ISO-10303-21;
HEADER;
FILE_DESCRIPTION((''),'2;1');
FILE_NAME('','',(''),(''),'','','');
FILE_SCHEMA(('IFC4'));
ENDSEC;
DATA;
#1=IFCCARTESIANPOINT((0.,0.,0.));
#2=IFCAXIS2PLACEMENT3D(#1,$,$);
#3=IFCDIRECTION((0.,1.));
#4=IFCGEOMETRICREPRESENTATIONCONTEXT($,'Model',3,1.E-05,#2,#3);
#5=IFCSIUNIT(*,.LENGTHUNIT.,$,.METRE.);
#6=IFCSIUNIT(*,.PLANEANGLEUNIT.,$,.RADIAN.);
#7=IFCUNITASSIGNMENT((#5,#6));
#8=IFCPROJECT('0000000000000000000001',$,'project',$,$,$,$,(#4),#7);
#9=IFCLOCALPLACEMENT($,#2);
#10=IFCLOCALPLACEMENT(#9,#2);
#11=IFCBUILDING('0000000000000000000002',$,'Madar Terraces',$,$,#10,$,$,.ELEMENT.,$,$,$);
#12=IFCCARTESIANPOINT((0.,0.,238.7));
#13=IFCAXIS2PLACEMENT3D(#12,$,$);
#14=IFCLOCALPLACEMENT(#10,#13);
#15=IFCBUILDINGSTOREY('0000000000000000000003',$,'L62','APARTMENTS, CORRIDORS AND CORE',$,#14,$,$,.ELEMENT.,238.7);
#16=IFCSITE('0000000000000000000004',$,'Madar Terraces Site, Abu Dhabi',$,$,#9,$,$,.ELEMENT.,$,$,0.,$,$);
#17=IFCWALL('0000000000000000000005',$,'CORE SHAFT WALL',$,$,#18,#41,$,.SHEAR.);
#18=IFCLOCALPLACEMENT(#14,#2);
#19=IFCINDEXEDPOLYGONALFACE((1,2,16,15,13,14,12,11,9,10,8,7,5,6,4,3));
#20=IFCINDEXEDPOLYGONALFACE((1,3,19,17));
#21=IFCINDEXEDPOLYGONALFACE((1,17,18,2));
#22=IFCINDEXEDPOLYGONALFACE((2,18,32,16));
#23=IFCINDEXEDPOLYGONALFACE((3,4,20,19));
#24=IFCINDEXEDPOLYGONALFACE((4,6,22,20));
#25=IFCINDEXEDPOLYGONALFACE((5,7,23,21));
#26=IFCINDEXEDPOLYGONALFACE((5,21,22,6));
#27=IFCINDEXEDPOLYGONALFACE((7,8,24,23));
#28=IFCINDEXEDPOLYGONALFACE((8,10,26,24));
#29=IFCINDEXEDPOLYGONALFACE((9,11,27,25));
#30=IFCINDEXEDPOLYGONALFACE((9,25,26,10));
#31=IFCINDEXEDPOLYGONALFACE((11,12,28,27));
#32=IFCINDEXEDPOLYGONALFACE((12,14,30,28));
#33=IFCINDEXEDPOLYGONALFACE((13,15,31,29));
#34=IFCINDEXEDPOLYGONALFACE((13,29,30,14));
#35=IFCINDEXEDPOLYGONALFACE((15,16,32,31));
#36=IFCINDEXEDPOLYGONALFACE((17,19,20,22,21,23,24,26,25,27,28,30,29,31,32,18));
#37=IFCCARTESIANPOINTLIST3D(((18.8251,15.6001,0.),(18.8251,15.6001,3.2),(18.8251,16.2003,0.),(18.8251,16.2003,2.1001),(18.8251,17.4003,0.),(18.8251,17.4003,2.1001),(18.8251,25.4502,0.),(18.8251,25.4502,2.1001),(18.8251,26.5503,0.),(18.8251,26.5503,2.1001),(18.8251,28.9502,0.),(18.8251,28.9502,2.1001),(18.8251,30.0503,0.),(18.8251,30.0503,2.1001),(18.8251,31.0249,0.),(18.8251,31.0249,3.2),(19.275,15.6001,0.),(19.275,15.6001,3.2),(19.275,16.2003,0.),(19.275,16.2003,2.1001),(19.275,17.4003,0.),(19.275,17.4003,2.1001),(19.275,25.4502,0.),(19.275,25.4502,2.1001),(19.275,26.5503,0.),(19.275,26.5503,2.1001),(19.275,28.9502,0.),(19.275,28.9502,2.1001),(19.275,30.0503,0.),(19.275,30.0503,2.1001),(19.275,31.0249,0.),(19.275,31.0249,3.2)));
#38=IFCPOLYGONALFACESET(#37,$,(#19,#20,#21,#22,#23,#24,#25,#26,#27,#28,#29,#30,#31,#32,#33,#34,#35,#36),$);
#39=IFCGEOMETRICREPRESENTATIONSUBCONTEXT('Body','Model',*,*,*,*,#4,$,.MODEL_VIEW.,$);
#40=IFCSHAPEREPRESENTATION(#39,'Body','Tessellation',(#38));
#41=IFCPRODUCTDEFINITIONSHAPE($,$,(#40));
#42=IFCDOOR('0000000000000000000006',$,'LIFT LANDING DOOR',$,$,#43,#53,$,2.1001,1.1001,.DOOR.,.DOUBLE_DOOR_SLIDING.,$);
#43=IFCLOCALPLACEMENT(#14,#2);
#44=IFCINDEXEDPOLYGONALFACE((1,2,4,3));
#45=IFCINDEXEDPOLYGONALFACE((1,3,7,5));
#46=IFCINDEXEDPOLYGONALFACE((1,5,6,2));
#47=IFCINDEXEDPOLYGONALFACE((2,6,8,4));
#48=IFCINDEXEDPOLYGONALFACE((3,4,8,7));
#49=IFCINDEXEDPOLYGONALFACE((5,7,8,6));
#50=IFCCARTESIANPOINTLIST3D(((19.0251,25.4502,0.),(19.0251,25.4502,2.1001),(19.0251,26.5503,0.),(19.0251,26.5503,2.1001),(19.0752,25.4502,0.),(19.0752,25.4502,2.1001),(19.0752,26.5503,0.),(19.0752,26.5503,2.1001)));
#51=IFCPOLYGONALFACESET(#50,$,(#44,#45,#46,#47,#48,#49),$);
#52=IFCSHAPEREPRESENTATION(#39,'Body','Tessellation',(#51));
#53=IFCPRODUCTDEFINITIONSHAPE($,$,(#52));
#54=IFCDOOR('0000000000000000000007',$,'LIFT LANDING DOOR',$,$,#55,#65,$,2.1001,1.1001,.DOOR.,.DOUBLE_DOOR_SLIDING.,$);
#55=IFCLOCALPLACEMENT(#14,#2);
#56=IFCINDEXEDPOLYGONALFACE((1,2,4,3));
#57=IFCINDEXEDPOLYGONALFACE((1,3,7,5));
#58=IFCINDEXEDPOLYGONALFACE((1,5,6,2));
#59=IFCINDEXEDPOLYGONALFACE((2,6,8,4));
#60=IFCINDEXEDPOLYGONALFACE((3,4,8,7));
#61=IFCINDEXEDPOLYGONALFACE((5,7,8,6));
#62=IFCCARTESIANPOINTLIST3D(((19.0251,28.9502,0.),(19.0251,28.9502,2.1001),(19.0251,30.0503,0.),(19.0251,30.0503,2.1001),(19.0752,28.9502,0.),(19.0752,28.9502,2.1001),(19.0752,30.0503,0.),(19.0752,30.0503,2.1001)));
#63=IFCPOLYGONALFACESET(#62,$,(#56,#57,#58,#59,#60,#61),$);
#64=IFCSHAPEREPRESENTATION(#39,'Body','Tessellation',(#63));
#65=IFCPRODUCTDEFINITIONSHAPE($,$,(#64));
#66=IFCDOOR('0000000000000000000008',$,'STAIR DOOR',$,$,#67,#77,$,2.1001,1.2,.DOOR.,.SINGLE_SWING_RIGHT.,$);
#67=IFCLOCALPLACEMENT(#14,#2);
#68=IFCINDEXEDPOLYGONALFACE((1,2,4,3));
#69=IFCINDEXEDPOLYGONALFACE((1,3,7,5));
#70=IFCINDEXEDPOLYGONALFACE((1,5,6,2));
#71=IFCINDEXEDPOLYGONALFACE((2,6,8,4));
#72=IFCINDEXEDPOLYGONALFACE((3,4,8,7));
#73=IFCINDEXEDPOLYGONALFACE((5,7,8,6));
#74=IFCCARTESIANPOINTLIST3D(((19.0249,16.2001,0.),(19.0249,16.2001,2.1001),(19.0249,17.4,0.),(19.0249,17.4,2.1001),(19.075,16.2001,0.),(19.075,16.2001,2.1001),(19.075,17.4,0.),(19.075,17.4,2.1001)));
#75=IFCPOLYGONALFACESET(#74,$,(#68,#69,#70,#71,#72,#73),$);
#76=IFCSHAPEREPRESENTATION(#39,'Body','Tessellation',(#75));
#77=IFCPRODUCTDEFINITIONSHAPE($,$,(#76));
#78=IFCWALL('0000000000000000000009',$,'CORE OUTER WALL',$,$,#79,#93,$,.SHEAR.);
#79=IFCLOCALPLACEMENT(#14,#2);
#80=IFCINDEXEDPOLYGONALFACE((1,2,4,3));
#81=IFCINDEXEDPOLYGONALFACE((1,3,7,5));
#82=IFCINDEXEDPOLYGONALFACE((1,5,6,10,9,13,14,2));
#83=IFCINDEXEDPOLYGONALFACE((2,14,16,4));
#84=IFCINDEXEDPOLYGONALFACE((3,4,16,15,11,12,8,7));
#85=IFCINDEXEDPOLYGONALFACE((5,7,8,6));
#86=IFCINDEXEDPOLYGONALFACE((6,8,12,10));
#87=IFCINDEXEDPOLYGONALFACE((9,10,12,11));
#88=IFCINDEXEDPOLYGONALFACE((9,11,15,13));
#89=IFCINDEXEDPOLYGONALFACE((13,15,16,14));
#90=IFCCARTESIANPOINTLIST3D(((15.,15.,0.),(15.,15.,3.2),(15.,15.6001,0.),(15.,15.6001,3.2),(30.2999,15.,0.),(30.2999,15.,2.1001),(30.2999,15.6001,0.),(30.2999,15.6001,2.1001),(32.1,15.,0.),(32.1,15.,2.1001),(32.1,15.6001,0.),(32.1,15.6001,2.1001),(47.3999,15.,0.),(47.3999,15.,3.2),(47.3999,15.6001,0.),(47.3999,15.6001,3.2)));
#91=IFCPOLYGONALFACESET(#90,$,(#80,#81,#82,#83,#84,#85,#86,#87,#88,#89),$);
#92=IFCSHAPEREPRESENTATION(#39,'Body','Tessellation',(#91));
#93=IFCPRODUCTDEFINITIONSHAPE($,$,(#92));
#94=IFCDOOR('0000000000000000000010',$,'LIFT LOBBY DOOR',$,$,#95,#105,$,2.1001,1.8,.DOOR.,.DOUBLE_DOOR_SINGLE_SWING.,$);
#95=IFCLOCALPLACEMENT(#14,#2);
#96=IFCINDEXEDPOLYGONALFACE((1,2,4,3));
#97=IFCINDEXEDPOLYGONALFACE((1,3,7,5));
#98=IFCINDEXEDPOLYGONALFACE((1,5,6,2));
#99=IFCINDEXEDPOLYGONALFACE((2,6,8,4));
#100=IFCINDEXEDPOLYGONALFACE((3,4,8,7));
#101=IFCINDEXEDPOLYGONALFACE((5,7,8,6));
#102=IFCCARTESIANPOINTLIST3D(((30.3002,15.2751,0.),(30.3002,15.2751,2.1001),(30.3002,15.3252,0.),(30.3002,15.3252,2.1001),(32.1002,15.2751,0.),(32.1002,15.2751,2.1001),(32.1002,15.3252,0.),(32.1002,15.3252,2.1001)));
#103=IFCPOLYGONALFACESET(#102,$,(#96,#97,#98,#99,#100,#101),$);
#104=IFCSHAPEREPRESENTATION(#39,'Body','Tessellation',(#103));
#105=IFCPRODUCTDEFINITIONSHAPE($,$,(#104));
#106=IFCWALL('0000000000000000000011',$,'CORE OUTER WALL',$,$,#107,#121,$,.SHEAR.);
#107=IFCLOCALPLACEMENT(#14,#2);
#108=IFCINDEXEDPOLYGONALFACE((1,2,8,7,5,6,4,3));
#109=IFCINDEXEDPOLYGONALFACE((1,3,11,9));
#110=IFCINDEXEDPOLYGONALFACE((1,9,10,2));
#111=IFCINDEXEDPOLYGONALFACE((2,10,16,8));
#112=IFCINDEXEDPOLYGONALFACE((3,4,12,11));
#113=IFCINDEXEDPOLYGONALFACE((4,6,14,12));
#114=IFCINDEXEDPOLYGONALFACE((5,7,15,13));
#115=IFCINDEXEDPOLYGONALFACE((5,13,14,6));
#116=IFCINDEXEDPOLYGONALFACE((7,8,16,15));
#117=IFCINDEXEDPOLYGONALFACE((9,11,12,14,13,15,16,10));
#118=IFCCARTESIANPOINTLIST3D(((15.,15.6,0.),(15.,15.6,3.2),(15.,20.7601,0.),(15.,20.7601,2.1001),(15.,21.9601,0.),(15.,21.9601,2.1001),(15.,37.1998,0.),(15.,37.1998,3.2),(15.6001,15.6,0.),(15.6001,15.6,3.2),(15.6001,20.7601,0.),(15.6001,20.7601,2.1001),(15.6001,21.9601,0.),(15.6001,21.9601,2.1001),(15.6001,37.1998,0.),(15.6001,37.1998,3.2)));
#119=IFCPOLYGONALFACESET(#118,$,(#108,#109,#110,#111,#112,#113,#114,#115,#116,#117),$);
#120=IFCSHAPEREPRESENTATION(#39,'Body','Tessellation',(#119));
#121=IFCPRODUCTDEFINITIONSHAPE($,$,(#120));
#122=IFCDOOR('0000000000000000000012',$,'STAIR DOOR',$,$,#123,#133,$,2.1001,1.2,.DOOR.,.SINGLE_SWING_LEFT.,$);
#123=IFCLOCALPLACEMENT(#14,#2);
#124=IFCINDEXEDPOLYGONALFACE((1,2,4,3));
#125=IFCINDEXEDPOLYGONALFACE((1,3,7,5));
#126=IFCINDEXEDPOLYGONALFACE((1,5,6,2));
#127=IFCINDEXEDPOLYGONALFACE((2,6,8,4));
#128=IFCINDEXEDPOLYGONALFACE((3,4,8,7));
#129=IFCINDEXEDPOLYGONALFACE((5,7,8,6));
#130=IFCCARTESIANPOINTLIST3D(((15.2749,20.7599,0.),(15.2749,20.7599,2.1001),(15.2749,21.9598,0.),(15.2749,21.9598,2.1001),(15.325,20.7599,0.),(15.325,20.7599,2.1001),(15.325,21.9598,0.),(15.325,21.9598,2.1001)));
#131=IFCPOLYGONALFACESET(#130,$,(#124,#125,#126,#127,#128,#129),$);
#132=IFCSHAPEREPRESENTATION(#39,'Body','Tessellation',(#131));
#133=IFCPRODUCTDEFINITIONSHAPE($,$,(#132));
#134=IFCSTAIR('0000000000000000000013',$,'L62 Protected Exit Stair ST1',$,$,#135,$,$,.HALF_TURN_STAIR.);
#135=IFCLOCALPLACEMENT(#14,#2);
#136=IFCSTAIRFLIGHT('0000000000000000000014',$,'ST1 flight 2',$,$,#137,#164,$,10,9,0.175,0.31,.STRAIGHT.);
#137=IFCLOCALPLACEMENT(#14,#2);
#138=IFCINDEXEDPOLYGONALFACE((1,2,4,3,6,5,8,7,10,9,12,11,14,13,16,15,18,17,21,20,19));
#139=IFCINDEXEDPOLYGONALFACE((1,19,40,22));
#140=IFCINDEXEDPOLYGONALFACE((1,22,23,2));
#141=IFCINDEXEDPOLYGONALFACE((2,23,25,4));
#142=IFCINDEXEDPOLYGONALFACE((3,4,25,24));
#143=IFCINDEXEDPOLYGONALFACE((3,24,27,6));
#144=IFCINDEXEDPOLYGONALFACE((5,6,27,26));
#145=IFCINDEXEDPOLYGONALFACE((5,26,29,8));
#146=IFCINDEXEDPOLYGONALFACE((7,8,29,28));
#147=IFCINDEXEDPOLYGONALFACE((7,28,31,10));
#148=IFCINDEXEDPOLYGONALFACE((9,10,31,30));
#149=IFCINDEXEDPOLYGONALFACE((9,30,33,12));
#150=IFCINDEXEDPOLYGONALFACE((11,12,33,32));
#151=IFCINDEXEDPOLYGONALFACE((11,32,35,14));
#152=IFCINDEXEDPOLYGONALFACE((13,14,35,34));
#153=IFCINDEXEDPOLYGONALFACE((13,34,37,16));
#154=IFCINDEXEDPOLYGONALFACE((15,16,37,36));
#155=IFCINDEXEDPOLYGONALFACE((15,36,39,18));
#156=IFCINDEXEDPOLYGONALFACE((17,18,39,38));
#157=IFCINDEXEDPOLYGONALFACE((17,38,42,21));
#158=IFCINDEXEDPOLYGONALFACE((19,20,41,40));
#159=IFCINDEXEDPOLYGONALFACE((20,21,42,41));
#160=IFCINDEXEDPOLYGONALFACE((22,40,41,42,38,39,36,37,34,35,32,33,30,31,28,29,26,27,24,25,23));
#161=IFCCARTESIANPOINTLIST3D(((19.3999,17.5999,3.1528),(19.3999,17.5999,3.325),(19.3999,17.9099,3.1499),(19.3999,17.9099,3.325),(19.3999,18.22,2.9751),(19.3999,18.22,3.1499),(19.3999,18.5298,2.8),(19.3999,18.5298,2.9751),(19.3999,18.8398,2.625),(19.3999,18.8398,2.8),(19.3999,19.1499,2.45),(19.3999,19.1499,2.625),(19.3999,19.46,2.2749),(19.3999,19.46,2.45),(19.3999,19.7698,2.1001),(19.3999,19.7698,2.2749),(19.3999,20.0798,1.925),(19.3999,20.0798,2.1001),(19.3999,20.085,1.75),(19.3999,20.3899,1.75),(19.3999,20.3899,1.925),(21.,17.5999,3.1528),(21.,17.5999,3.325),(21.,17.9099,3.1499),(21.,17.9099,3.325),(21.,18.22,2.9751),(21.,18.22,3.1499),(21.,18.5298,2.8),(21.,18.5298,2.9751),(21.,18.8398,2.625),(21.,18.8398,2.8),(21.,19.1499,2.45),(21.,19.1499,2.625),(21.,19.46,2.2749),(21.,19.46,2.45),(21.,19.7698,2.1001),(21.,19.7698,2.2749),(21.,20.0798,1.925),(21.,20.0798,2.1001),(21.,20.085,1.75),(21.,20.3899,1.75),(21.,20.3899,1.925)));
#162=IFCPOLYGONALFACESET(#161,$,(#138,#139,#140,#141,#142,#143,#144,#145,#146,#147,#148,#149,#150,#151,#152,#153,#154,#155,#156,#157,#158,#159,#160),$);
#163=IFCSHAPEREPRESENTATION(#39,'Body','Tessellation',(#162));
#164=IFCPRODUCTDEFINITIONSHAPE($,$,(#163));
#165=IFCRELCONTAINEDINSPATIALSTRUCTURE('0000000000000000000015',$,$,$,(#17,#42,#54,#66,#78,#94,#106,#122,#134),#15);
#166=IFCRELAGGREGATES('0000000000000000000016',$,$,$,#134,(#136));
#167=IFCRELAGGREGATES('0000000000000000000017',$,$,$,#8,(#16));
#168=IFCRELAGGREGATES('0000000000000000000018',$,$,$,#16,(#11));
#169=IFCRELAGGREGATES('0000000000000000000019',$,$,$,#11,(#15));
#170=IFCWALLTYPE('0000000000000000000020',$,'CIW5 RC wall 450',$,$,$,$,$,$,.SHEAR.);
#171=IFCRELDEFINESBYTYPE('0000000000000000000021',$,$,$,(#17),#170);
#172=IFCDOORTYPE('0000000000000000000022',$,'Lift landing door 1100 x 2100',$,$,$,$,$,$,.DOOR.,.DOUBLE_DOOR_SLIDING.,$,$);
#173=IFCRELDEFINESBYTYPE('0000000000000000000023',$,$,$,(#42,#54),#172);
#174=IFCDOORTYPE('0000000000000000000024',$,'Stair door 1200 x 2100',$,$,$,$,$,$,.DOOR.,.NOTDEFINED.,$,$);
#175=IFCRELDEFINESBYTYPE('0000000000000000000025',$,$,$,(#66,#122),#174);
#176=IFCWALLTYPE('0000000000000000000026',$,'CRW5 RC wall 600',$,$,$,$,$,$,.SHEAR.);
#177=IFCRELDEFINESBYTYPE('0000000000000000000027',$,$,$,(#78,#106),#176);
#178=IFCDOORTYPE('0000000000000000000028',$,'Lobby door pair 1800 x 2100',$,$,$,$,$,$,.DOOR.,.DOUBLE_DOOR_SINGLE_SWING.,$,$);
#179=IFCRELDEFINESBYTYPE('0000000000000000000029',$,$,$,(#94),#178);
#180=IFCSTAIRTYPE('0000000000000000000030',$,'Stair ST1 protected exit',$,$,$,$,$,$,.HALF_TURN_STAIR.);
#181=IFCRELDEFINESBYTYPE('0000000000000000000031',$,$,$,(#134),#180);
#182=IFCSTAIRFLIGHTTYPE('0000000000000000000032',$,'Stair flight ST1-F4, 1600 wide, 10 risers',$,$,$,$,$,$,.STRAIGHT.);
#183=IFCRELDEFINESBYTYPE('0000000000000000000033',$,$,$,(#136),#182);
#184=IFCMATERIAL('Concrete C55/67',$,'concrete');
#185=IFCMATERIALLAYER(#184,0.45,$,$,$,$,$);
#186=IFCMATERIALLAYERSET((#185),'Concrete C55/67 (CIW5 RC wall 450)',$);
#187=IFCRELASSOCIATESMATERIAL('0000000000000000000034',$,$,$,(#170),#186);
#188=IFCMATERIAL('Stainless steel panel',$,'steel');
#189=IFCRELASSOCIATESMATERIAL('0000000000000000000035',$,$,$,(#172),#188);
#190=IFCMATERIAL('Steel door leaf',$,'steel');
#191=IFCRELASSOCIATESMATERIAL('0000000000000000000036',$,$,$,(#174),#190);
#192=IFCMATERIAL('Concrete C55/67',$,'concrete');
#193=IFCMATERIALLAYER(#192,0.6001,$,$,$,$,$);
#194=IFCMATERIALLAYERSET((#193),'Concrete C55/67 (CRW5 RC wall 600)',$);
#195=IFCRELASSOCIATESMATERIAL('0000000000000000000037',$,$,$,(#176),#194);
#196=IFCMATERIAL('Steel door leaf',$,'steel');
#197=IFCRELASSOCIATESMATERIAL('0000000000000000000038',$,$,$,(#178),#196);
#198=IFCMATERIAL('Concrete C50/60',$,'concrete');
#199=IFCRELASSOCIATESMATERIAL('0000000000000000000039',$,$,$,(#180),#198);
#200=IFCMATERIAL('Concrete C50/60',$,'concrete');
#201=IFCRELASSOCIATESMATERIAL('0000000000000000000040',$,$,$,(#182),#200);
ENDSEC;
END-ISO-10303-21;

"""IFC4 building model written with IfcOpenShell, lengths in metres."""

from ifc_helpers import new_model, si_unit, direction, frame, frame_2d, origin, place, context, subcontext, project, spatial, polyline, rectangle, outline, extrude, material, layer, layer_set, type_object, element, fill, aggregate, save


model = new_model("IFC4")

# Units and contexts
model_context = context("Model", 3, precision=1e-05, world=origin(), true_north=direction((0.0, 1.0)))
body_context = subcontext(model_context, "Body", "Model", "MODEL_VIEW")
ifc_project = project(units=[si_unit("LENGTHUNIT", "METRE"), si_unit("PLANEANGLEUNIT", "RADIAN")], contexts=[model_context])

# Site, building, storey
site_placement = place(None, origin())
site = spatial("IfcSite", under=ifc_project, at=site_placement, Name="Madar Terraces Site, Abu Dhabi", CompositionType="ELEMENT", RefElevation=0.0)
building_placement = place(site_placement, origin())
building = spatial("IfcBuilding", under=site, at=building_placement, Name="Madar Terraces", CompositionType="ELEMENT")
storey_placement = place(building_placement, frame((0.0, 0.0, 238.7)))
storey = spatial("IfcBuildingStorey", under=building, at=storey_placement, Name="L62", Description="APARTMENTS, CORRIDORS AND CORE", CompositionType="ELEMENT", Elevation=238.7)

# Wall, openings, doors
ifc_material_1 = material(Name="Concrete C55/67", Category="concrete")
ifc_layer_1 = layer(ifc_material_1, 0.45)
ifc_layer_set_1 = layer_set([ifc_layer_1], Name="Concrete C55/67 (CIW5 RC wall 450)")
wall_type_1 = type_object("IfcWallType", Name="CIW5 RC wall 450", PredefinedType="SHEAR", material=ifc_layer_set_1)
wall_1_placement = place(storey_placement, frame((19.05, 15.6001, 0.0), z_axis=(0.0, 0.0, 1.0), x_axis=(0.0, 1.0, 0.0)))
wall_1 = element("IfcWall", 1, at=wall_1_placement, inside=storey, type_object=wall_type_1, Name="CORE SHAFT WALL", PredefinedType="SHEAR", context=body_context, shape_type="SweptSolid", body=[
    extrude(rectangle(XDim=15.4248, YDim=0.45, at=frame_2d((7.7124, 0.0))), origin(), (0.0, 0.0, 1.0), 3.2),
])
opening_1_placement = place(wall_1_placement, frame((9.8501, 0.0, 0.0)))
opening_1 = element("IfcOpeningElement", 2, at=opening_1_placement, cuts=wall_1, PredefinedType="OPENING", context=body_context, shape_type="SweptSolid", body=[
    extrude(rectangle(XDim=1.1001, YDim=2.1001, at=frame_2d((0.55, 1.05))), frame((0.0, 0.2349, 0.0), z_axis=(0.0, -1.0, 0.0), x_axis=(1.0, 0.0, 0.0)), (0.0, 0.0, 1.0), 0.47),
])
opening_2_placement = place(wall_1_placement, frame((13.3501, 0.0, 0.0)))
opening_2 = element("IfcOpeningElement", 3, at=opening_2_placement, cuts=wall_1, PredefinedType="OPENING", context=body_context, shape_type="SweptSolid", body=[
    extrude(rectangle(XDim=1.1001, YDim=2.1001, at=frame_2d((0.55, 1.05))), frame((0.0, 0.2349, 0.0), z_axis=(0.0, -1.0, 0.0), x_axis=(1.0, 0.0, 0.0)), (0.0, 0.0, 1.0), 0.47),
])
opening_3_placement = place(wall_1_placement, frame((0.6001, 0.0, 0.0)))
opening_3 = element("IfcOpeningElement", 4, at=opening_3_placement, cuts=wall_1, PredefinedType="OPENING", context=body_context, shape_type="SweptSolid", body=[
    extrude(rectangle(XDim=1.2, YDim=2.1001, at=frame_2d((0.6001, 1.05))), frame((0.0, 0.2349, 0.0), z_axis=(0.0, -1.0, 0.0), x_axis=(1.0, 0.0, 0.0)), (0.0, 0.0, 1.0), 0.47),
])
ifc_material_2 = material(Name="Stainless steel panel", Category="steel")
door_type_1 = type_object("IfcDoorType", Name="Lift landing door 1100 x 2100", OperationType="DOUBLE_DOOR_SLIDING", PredefinedType="DOOR", material=ifc_material_2)
door_1_placement = place(opening_1_placement, origin())
door_1 = element("IfcDoor", 5, at=door_1_placement, inside=storey, type_object=door_type_1, Name="LIFT LANDING DOOR", OperationType="DOUBLE_DOOR_SLIDING", OverallHeight=2.1001, OverallWidth=1.1001, PredefinedType="DOOR", context=body_context, shape_type="SweptSolid", body=[
    extrude(rectangle(XDim=1.1001, YDim=2.1001, at=frame_2d((0.55, 1.05))), frame((0.0, 0.0249, 0.0), z_axis=(0.0, -1.0, 0.0), x_axis=(1.0, 0.0, 0.0)), (0.0, 0.0, 1.0), 0.05),
])
fill(opening_1, door_1)
door_2_placement = place(opening_2_placement, origin())
door_2 = element("IfcDoor", 6, at=door_2_placement, inside=storey, type_object=door_type_1, Name="LIFT LANDING DOOR", OperationType="DOUBLE_DOOR_SLIDING", OverallHeight=2.1001, OverallWidth=1.1001, PredefinedType="DOOR", context=body_context, shape_type="SweptSolid", body=[
    extrude(rectangle(XDim=1.1001, YDim=2.1001, at=frame_2d((0.55, 1.05))), frame((0.0, 0.0249, 0.0), z_axis=(0.0, -1.0, 0.0), x_axis=(1.0, 0.0, 0.0)), (0.0, 0.0, 1.0), 0.05),
])
fill(opening_2, door_2)
ifc_material_3 = material(Name="Steel door leaf", Category="steel")
door_type_2 = type_object("IfcDoorType", Name="Stair door 1200 x 2100", OperationType="NOTDEFINED", PredefinedType="DOOR", material=ifc_material_3)
door_3_placement = place(opening_3_placement, frame((1.2, 0.0, 0.0), z_axis=(0.0, 0.0, 1.0), x_axis=(-1.0, 0.0, 0.0)))
door_3 = element("IfcDoor", 7, at=door_3_placement, inside=storey, type_object=door_type_2, Name="STAIR DOOR", OperationType="SINGLE_SWING_RIGHT", OverallHeight=2.1001, OverallWidth=1.2, PredefinedType="DOOR", context=body_context, shape_type="SweptSolid", body=[
    extrude(rectangle(XDim=1.2, YDim=2.1001, at=frame_2d((0.6001, 1.05))), frame((0.0, 0.0249, 0.0), z_axis=(0.0, -1.0, 0.0), x_axis=(1.0, 0.0, 0.0)), (0.0, 0.0, 1.0), 0.05),
])
fill(opening_3, door_3)

# Walls, openings, doors
ifc_material_4 = material(Name="Concrete C55/67", Category="concrete")
ifc_layer_2 = layer(ifc_material_4, 0.6001)
ifc_layer_set_2 = layer_set([ifc_layer_2], Name="Concrete C55/67 (CRW5 RC wall 600)")
wall_type_2 = type_object("IfcWallType", Name="CRW5 RC wall 600", PredefinedType="SHEAR", material=ifc_layer_set_2)
wall_2_placement = place(storey_placement, frame((15.0, 15.3, 0.0), z_axis=(0.0, 0.0, 1.0), x_axis=(1.0, 0.0, 0.0)))
wall_2 = element("IfcWall", 8, at=wall_2_placement, inside=storey, type_object=wall_type_2, Name="CORE OUTER WALL", PredefinedType="SHEAR", context=body_context, shape_type="SweptSolid", body=[
    extrude(rectangle(XDim=32.3999, YDim=0.6001, at=frame_2d((16.2, 0.0))), origin(), (0.0, 0.0, 1.0), 3.2),
])
opening_4_placement = place(wall_2_placement, frame((15.3, 0.0, 0.0)))
opening_4 = element("IfcOpeningElement", 9, at=opening_4_placement, cuts=wall_2, PredefinedType="OPENING", context=body_context, shape_type="SweptSolid", body=[
    extrude(rectangle(XDim=1.8, YDim=2.1001, at=frame_2d((0.8999, 1.05))), frame((0.0, 0.3101, 0.0), z_axis=(0.0, -1.0, 0.0), x_axis=(1.0, 0.0, 0.0)), (0.0, 0.0, 1.0), 0.6201),
])
ifc_material_5 = material(Name="Steel door leaf", Category="steel")
door_type_3 = type_object("IfcDoorType", Name="Lobby door pair 1800 x 2100", OperationType="DOUBLE_DOOR_SINGLE_SWING", PredefinedType="DOOR", material=ifc_material_5)
door_4_placement = place(opening_4_placement, frame((1.8, 0.0, 0.0), z_axis=(0.0, 0.0, 1.0), x_axis=(-1.0, 0.0, 0.0)))
door_4 = element("IfcDoor", 10, at=door_4_placement, inside=storey, type_object=door_type_3, Name="LIFT LOBBY DOOR", OperationType="DOUBLE_DOOR_SINGLE_SWING", OverallHeight=2.1001, OverallWidth=1.8, PredefinedType="DOOR", context=body_context, shape_type="SweptSolid", body=[
    extrude(rectangle(XDim=1.8, YDim=2.1001, at=frame_2d((0.8999, 1.05))), frame((0.0, 0.0249, 0.0), z_axis=(0.0, -1.0, 0.0), x_axis=(1.0, 0.0, 0.0)), (0.0, 0.0, 1.0), 0.05),
])
fill(opening_4, door_4)
wall_3_placement = place(storey_placement, frame((15.3, 15.6001, 0.0), z_axis=(0.0, 0.0, 1.0), x_axis=(0.0, 1.0, 0.0)))
wall_3 = element("IfcWall", 11, at=wall_3_placement, inside=storey, type_object=wall_type_2, Name="CORE OUTER WALL", PredefinedType="SHEAR", context=body_context, shape_type="SweptSolid", body=[
    extrude(rectangle(XDim=21.5999, YDim=0.6001, at=frame_2d((10.7998, 0.0))), origin(), (0.0, 0.0, 1.0), 3.2),
])
opening_5_placement = place(wall_3_placement, frame((5.1599, 0.0, 0.0)))
opening_5 = element("IfcOpeningElement", 12, at=opening_5_placement, cuts=wall_3, PredefinedType="OPENING", context=body_context, shape_type="SweptSolid", body=[
    extrude(rectangle(XDim=1.2, YDim=2.1001, at=frame_2d((0.6001, 1.05))), frame((0.0, 0.3101, 0.0), z_axis=(0.0, -1.0, 0.0), x_axis=(1.0, 0.0, 0.0)), (0.0, 0.0, 1.0), 0.6201),
])
door_5_placement = place(opening_5_placement, frame((1.2, 0.0, 0.0), z_axis=(0.0, 0.0, 1.0), x_axis=(-1.0, 0.0, 0.0)))
door_5 = element("IfcDoor", 13, at=door_5_placement, inside=storey, type_object=door_type_2, Name="STAIR DOOR", OperationType="SINGLE_SWING_LEFT", OverallHeight=2.1001, OverallWidth=1.2, PredefinedType="DOOR", context=body_context, shape_type="SweptSolid", body=[
    extrude(rectangle(XDim=1.2, YDim=2.1001, at=frame_2d((0.6001, 1.05))), frame((0.0, 0.0249, 0.0), z_axis=(0.0, -1.0, 0.0), x_axis=(1.0, 0.0, 0.0)), (0.0, 0.0, 1.0), 0.05),
])
fill(opening_5, door_5)

# Stair, stair flight
ifc_material_6 = material(Name="Concrete C50/60", Category="concrete")
stair_type = type_object("IfcStairType", Name="Stair ST1 protected exit", PredefinedType="HALF_TURN_STAIR", material=ifc_material_6)
stair_placement = place(storey_placement, origin())
stair = element("IfcStair", 14, at=stair_placement, inside=storey, type_object=stair_type, Name="L62 Protected Exit Stair ST1", PredefinedType="HALF_TURN_STAIR")
ifc_material_7 = material(Name="Concrete C50/60", Category="concrete")
stair_flight_type = type_object("IfcStairFlightType", Name="Stair flight ST1-F4, 1600 wide, 10 risers", PredefinedType="STRAIGHT", material=ifc_material_7)
stair_flight_placement = place(storey_placement, frame((20.2, 20.3899, 1.75), z_axis=(0.0, 0.0, 1.0), x_axis=(0.0, -1.0, 0.0)))
stair_flight = element("IfcStairFlight", 15, at=stair_flight_placement, type_object=stair_flight_type, Name="ST1 flight 2", NumberOfRisers=10, NumberOfTreads=9, PredefinedType="STRAIGHT", RiserHeight=0.175, TreadLength=0.31, context=body_context, shape_type="SweptSolid", body=[
    extrude(outline(polyline([(0.0, 0.0), (0.0, 0.175), (0.3101, 0.175), (0.3101, 0.3501), (0.6201, 0.3501), (0.6201, 0.5249), (0.9299, 0.5249), (0.9299, 0.7), (1.24, 0.7), (1.24, 0.875), (1.55, 0.875), (1.55, 1.05), (1.8601, 1.05), (1.8601, 1.2251), (2.1699, 1.2251), (2.1699, 1.3999), (2.48, 1.3999), (2.48, 1.575), (2.79, 1.575), (2.79, 1.75), (2.79, 1.4028), (0.3049, 0.0), (0.0, 0.0)])), frame((0.0, 0.8, 0.0), z_axis=(0.0, -1.0, 0.0), x_axis=(1.0, 0.0, 0.0)), (0.0, 0.0, 1.0), 1.6001),
])
aggregate(stair, [stair_flight])

save(model, "model.ifc")
